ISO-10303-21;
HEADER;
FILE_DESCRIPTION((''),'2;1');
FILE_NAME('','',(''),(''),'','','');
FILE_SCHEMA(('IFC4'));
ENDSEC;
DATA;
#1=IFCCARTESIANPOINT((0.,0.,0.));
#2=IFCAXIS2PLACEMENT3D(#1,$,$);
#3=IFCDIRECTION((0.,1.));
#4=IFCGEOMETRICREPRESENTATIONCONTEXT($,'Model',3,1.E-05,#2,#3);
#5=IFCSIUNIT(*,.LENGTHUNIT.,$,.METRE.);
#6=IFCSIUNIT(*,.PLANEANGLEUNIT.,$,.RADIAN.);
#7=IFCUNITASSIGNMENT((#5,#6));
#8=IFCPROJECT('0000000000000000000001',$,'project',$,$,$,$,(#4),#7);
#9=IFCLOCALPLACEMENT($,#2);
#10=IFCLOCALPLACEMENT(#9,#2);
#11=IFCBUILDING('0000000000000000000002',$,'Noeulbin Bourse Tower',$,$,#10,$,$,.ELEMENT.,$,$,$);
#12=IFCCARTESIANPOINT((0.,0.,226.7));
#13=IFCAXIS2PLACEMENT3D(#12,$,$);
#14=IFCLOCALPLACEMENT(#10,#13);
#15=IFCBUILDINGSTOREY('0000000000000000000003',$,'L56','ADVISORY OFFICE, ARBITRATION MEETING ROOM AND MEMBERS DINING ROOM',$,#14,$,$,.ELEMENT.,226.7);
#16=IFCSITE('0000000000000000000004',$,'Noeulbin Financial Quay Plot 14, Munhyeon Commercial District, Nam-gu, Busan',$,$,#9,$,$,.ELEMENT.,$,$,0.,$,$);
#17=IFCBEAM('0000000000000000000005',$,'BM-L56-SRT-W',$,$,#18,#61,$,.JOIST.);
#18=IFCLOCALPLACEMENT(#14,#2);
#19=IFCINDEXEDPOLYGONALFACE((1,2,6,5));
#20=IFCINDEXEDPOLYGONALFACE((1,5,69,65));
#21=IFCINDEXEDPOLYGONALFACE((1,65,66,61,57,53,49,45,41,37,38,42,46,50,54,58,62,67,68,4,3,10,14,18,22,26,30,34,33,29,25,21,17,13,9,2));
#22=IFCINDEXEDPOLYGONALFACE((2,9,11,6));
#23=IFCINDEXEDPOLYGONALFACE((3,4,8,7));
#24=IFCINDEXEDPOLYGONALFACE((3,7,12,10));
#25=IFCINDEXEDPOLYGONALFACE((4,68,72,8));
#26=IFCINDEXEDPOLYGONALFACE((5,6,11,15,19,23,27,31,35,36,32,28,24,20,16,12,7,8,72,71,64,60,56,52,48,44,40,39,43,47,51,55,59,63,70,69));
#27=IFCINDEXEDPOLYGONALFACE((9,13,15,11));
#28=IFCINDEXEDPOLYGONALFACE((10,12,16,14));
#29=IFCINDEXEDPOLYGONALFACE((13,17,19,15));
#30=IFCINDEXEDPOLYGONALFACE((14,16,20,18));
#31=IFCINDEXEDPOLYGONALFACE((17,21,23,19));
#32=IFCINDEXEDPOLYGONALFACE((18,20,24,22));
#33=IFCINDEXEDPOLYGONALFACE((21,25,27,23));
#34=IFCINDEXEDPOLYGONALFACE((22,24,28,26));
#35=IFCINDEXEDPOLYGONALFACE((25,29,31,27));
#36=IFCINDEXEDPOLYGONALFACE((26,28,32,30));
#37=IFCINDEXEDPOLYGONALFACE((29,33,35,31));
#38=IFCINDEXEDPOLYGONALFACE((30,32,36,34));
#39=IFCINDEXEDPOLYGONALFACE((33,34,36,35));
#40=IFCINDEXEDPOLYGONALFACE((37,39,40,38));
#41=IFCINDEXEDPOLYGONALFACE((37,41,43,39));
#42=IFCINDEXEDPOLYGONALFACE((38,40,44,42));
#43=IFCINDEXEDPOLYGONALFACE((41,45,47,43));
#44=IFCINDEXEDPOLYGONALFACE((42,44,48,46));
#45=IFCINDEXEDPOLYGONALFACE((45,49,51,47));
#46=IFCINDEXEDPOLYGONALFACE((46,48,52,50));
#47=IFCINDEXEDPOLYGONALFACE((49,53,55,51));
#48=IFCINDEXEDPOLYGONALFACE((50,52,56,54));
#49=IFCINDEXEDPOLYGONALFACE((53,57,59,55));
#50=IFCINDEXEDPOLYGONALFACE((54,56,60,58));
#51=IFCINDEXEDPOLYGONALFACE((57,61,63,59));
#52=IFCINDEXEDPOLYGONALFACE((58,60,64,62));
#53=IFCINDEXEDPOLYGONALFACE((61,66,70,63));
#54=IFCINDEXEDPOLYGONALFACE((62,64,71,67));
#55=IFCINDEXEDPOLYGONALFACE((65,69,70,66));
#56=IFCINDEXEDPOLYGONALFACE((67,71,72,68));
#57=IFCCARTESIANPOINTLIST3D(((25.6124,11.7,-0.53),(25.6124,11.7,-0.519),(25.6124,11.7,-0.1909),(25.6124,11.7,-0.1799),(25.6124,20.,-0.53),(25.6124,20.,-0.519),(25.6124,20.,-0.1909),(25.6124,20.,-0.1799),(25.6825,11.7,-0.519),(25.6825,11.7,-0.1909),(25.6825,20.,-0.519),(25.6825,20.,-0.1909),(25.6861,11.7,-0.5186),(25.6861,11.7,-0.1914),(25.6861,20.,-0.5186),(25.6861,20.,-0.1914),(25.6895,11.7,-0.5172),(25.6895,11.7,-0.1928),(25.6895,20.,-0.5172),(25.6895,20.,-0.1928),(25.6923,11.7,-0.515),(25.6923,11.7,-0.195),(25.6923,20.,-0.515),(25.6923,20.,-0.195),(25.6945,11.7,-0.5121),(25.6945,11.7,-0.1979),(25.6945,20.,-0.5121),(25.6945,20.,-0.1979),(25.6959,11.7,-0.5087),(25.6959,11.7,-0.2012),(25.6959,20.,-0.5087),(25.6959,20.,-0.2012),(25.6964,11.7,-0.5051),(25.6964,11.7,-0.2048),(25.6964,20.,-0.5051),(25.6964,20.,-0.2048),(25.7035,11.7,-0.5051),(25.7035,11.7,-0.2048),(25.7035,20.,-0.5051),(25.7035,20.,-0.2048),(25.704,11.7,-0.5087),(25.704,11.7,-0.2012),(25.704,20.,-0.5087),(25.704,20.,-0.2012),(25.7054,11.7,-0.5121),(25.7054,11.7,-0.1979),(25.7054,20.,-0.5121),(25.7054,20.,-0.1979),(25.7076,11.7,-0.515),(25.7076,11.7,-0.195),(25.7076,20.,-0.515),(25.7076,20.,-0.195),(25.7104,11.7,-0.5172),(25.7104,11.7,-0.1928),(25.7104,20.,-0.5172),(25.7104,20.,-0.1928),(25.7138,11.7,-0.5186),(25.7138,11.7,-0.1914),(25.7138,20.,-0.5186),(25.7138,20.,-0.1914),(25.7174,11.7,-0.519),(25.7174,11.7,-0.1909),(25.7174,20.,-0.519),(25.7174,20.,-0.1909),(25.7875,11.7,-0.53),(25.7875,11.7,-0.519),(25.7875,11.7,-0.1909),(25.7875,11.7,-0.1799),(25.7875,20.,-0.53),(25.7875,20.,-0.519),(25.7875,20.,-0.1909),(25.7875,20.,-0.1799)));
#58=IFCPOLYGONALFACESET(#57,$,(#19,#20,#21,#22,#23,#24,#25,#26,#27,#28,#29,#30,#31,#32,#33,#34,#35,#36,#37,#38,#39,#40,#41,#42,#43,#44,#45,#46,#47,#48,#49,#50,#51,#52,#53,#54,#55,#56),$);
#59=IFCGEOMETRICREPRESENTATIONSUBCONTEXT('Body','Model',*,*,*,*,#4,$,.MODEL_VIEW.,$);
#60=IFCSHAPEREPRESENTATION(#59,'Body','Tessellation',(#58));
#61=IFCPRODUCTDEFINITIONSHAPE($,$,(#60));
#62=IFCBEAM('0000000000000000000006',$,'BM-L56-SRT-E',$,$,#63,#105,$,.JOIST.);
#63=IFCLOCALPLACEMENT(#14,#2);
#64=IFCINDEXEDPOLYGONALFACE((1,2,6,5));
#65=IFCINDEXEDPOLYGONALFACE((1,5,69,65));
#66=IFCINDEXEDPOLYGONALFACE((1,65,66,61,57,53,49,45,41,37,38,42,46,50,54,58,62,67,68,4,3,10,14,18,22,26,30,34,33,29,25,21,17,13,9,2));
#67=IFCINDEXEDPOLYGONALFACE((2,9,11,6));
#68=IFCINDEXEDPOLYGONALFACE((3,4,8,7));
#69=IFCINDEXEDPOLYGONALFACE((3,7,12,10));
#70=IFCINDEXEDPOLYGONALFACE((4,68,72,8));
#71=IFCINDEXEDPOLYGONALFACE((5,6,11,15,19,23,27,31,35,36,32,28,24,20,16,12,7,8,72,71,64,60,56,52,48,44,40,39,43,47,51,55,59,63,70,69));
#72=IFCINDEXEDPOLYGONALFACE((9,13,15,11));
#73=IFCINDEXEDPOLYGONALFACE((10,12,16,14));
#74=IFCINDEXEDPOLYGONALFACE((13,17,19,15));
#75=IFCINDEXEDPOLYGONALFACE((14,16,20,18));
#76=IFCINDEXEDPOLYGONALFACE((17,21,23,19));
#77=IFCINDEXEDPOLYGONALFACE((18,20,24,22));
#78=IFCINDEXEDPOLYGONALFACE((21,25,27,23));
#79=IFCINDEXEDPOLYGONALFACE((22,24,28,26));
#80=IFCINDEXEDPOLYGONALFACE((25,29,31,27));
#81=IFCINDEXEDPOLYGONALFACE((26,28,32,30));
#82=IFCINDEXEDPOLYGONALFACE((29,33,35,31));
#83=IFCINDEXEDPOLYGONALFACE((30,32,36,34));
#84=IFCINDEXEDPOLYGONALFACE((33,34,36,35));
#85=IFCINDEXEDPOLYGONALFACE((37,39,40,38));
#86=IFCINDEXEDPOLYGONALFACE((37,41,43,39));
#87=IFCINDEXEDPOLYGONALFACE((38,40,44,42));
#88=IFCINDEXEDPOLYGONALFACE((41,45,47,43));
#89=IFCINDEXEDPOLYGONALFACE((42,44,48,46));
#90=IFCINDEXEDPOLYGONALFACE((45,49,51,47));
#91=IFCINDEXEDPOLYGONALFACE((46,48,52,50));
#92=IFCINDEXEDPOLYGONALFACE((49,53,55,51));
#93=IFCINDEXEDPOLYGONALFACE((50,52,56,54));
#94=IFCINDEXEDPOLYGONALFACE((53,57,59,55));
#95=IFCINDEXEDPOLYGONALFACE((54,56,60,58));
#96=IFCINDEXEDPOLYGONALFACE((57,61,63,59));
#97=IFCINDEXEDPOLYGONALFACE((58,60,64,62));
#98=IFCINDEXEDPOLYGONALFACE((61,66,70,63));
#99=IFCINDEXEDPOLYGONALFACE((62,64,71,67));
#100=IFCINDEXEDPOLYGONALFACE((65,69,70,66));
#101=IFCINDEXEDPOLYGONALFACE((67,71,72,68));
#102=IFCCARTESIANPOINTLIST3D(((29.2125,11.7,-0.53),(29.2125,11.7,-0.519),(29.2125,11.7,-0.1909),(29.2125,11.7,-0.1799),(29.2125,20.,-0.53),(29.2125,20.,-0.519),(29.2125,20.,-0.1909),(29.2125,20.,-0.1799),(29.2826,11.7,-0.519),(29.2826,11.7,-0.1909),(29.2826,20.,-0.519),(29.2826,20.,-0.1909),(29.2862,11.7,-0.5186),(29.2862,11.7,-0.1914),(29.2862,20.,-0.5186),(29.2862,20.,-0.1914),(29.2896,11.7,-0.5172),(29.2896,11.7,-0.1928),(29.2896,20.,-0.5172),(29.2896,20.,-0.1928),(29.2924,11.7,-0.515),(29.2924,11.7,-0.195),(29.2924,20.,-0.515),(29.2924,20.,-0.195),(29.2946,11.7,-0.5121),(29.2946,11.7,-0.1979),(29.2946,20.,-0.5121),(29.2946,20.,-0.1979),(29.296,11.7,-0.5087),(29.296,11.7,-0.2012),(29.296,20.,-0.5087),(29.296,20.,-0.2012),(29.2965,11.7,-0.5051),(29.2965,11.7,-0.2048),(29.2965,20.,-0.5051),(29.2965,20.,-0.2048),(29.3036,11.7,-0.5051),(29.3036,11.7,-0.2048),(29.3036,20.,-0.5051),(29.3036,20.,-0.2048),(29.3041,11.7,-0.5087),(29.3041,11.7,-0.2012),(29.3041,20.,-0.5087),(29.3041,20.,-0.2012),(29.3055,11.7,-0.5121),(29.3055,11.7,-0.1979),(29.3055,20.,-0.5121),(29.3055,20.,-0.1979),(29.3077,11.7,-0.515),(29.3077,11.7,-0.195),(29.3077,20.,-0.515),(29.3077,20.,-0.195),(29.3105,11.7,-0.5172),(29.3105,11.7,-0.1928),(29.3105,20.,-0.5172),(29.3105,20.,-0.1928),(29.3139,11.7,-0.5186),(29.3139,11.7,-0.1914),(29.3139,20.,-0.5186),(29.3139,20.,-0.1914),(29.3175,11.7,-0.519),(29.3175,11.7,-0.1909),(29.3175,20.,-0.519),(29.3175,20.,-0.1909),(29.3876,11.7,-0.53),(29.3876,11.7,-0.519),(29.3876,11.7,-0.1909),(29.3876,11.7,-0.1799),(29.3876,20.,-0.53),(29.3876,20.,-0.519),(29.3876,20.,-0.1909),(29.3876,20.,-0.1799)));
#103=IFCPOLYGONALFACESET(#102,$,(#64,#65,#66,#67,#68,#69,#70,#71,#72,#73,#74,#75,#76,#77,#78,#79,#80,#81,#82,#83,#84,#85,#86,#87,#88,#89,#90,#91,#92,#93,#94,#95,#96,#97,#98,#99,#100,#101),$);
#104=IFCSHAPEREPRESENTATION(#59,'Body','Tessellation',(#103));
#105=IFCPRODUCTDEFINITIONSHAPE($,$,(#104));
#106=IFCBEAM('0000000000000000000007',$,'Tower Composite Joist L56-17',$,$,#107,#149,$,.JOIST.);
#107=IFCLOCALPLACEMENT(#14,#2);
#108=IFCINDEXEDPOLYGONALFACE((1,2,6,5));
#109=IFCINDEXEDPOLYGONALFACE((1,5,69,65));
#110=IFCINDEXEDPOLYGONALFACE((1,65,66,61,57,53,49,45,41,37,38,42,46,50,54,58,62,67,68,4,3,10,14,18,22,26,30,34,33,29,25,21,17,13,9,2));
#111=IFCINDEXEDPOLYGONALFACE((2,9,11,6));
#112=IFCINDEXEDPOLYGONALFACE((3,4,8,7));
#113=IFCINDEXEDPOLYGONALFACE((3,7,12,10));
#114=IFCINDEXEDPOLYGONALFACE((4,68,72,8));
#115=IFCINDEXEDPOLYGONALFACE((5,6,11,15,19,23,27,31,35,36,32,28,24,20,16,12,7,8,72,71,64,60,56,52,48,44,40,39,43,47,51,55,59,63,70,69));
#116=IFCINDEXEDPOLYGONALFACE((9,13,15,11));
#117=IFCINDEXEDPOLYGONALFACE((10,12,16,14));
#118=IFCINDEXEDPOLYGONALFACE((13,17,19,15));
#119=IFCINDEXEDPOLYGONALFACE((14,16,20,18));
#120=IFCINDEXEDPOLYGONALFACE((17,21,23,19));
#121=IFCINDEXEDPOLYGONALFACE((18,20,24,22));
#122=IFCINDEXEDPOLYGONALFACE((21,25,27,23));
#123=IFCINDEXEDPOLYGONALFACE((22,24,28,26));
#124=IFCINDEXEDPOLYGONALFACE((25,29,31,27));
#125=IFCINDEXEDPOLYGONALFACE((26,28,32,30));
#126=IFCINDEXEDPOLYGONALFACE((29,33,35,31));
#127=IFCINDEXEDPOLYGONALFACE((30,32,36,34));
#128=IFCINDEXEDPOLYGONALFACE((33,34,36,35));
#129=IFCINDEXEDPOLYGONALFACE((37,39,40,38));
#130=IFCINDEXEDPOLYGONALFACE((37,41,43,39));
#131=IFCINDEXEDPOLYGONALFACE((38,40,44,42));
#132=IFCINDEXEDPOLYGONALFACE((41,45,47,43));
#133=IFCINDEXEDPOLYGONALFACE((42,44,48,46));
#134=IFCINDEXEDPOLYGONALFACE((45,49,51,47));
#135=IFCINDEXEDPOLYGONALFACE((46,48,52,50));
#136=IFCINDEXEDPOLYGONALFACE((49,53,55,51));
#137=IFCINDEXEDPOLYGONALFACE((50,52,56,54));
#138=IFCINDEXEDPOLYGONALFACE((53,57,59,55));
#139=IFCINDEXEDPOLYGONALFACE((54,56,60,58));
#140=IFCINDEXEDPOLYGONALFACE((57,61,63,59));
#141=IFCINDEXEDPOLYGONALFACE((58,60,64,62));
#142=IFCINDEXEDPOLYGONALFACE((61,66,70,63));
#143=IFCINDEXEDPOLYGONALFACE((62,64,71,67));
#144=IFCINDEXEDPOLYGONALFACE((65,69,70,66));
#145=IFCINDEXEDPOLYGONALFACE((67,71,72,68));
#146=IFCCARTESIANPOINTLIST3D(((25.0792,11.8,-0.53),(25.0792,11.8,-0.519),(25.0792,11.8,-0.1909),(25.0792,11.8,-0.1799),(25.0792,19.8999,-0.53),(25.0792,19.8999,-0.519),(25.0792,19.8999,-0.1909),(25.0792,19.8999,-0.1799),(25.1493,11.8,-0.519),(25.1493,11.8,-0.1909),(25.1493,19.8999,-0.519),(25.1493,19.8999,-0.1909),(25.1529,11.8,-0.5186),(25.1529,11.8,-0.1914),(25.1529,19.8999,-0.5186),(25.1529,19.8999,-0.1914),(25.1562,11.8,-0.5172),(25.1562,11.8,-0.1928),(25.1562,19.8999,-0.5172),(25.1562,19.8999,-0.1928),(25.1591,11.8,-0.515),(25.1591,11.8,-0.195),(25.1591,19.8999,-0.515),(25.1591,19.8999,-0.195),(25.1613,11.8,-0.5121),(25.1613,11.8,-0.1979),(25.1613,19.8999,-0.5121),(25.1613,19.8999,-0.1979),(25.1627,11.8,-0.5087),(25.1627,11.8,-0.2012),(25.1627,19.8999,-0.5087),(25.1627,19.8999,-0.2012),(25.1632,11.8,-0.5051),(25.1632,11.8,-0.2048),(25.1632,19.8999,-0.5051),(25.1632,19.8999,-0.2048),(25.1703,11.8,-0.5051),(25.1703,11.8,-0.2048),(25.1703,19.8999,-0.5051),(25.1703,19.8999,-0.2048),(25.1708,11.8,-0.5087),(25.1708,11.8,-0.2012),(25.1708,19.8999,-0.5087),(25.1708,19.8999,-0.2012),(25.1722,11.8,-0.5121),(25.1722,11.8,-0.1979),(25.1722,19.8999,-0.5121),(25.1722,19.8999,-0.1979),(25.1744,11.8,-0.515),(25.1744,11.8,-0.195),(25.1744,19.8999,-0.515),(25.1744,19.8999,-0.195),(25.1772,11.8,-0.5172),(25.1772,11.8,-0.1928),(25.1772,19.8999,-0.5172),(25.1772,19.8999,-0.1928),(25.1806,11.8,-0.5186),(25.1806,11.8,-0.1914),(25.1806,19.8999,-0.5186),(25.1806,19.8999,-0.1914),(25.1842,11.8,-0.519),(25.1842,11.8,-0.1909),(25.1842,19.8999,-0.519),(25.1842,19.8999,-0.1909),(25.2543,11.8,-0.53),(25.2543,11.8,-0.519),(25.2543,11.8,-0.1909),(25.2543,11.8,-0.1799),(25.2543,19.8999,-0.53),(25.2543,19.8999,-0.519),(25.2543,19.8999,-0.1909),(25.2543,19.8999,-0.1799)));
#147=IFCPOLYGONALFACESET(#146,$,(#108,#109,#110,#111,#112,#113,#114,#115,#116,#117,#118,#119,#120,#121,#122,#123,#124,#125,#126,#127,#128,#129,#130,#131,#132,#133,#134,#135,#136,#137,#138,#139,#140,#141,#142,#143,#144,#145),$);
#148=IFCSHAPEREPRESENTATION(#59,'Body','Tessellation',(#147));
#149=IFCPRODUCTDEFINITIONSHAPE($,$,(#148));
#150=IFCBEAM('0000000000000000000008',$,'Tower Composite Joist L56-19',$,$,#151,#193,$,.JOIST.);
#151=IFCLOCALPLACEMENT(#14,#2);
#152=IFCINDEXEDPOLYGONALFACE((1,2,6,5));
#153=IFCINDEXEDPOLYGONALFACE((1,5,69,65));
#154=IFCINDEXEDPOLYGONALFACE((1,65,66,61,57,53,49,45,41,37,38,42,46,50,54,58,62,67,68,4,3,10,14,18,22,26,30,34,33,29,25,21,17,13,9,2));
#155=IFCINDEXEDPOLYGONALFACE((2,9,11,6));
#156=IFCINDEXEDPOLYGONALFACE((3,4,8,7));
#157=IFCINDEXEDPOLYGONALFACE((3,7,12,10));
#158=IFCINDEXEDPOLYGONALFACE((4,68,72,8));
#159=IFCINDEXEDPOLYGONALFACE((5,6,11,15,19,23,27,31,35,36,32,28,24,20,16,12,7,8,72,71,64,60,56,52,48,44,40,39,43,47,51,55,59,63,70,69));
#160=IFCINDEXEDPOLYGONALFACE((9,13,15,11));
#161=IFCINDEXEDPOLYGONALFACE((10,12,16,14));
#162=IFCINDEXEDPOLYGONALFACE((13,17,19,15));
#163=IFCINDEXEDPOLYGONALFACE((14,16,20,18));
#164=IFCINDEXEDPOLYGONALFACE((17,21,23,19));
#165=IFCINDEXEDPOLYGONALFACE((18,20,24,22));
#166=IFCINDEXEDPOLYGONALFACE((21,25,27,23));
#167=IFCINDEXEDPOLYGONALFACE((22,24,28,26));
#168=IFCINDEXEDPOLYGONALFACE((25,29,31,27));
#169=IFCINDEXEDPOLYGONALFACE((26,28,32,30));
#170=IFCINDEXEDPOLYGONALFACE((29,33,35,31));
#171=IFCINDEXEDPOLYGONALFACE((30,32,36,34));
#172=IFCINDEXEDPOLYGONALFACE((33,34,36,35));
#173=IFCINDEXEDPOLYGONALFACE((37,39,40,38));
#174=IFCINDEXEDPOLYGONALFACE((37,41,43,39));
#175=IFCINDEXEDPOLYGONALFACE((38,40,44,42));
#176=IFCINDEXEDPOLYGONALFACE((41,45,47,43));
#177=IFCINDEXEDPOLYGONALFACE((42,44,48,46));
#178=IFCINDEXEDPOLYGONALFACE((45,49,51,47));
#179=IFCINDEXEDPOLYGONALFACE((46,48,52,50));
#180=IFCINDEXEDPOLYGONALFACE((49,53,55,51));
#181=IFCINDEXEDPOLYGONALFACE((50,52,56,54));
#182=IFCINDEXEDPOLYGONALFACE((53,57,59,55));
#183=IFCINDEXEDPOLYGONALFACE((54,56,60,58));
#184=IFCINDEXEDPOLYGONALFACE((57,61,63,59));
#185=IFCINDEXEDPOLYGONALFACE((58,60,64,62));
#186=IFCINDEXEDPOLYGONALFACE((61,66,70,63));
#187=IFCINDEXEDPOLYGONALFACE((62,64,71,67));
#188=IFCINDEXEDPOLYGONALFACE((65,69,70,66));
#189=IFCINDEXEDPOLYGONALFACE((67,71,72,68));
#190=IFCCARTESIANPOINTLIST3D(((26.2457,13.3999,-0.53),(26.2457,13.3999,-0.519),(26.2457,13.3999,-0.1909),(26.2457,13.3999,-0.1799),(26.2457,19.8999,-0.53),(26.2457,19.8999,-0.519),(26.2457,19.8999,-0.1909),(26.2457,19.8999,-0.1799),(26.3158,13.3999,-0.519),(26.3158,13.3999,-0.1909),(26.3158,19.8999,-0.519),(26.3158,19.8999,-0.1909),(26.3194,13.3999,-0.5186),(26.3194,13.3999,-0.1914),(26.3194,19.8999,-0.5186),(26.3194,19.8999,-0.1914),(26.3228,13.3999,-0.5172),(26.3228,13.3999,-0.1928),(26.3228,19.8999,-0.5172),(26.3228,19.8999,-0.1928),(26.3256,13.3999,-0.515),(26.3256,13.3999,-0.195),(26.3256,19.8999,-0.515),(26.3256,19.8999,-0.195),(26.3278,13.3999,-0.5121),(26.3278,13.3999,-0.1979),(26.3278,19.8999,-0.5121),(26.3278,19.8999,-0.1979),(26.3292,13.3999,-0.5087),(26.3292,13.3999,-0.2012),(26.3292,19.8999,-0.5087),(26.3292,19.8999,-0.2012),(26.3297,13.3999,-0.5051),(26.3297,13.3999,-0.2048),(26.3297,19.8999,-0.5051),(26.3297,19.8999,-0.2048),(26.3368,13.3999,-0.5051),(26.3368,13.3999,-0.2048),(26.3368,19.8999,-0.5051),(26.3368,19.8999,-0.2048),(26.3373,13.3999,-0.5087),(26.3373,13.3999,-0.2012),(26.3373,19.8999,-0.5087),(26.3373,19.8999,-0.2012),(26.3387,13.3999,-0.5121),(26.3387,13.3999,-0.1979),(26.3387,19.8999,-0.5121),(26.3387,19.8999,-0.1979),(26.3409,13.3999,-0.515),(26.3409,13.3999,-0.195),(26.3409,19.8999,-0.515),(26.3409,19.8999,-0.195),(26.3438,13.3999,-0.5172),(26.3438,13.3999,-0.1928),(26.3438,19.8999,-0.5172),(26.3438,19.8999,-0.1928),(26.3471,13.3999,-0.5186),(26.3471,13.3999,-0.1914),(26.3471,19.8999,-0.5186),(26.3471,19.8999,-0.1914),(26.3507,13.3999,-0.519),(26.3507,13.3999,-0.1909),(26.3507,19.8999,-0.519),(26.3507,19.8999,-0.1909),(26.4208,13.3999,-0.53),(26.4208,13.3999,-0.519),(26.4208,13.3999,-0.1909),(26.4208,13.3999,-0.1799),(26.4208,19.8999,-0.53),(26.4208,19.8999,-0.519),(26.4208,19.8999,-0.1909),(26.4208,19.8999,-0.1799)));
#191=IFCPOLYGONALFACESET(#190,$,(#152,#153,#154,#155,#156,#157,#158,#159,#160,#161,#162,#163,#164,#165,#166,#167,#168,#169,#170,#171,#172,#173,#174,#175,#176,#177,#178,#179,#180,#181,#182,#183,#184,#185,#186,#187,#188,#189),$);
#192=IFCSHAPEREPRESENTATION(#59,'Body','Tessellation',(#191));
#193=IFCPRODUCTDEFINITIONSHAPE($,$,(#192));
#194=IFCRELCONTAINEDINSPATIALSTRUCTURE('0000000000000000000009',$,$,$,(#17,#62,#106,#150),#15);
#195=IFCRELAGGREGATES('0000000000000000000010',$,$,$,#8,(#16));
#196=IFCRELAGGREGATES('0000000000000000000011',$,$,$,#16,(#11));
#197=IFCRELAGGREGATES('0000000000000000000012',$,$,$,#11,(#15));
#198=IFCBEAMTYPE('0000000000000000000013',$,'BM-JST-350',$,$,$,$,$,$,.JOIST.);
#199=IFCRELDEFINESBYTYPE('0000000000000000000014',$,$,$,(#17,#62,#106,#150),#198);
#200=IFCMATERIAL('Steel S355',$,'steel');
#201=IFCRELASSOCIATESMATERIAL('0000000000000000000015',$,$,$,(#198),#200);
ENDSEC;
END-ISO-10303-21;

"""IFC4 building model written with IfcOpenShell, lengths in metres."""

from ifc_helpers import new_model, si_unit, direction, frame, origin, origin_2d, place, context, subcontext, project, spatial, i_section, extrude, material, material_profile, profile_set, type_object, element, save


model = new_model("IFC4")

# Units and contexts
model_context = context("Model", 3, precision=1e-05, world=origin(), true_north=direction((0.0, 1.0)))
body_context = subcontext(model_context, "Body", "Model", "MODEL_VIEW")
ifc_project = project(units=[si_unit("LENGTHUNIT", "METRE"), si_unit("PLANEANGLEUNIT", "RADIAN")], contexts=[model_context])

# Site, building, storey
site_placement = place(None, origin())
site = spatial("IfcSite", under=ifc_project, at=site_placement, Name="Noeulbin Financial Quay Plot 14, Munhyeon Commercial District, Nam-gu, Busan", CompositionType="ELEMENT", RefElevation=0.0)
building_placement = place(site_placement, origin())
building = spatial("IfcBuilding", under=site, at=building_placement, Name="Noeulbin Bourse Tower", CompositionType="ELEMENT")
storey_placement = place(building_placement, frame((0.0, 0.0, 226.7)))
storey = spatial("IfcBuildingStorey", under=building, at=storey_placement, Name="L56", Description="ADVISORY OFFICE, ARBITRATION MEETING ROOM AND MEMBERS DINING ROOM", CompositionType="ELEMENT", Elevation=226.7)

# Beams
ifc_material_1 = material(Name="Steel S355", Category="steel")
ifc_material_profile_1 = material_profile(ifc_material_1, i_section(OverallWidth=0.175, OverallDepth=0.3501, WebThickness=0.0071, FlangeThickness=0.011, FilletRadius=0.0139, at=origin_2d()), Name="H-350x175x7x11", Category="LoadBearing")
ifc_profile_set_1 = profile_set([ifc_material_profile_1], Name="Steel S355")
beam_type_1 = type_object("IfcBeamType", Name="BM-JST-350", PredefinedType="JOIST", material=ifc_profile_set_1)
for number, where, z_axis, x_axis, name in (
    (1, (25.7, 11.7, -0.355), (0.0, 1.0, 0.0), (-1.0, 0.0, 0.0), "BM-L56-SRT-W"),
    (2, (29.3, 11.7, -0.355), (0.0, 1.0, 0.0), (-1.0, 0.0, 0.0), "BM-L56-SRT-E"),
):
    element("IfcBeam", number, at=place(storey_placement, frame(where, z_axis=z_axis, x_axis=x_axis)), inside=storey, type_object=beam_type_1, Name=name, PredefinedType="JOIST", context=body_context, shape_type="SweptSolid", body=[
        extrude(i_section(OverallWidth=0.175, OverallDepth=0.3501, WebThickness=0.0071, FlangeThickness=0.011, FilletRadius=0.0139, at=origin_2d()), origin(), (0.0, 0.0, 1.0), 8.3),
    ])
beam_1_placement = place(storey_placement, frame((25.1667, 11.8, -0.355), z_axis=(0.0, 1.0, 0.0), x_axis=(-1.0, 0.0, 0.0)))
element("IfcBeam", 3, at=beam_1_placement, inside=storey, type_object=beam_type_1, Name="Tower Composite Joist L56-17", PredefinedType="JOIST", context=body_context, shape_type="SweptSolid", body=[
    extrude(i_section(OverallWidth=0.175, OverallDepth=0.3501, WebThickness=0.0071, FlangeThickness=0.011, FilletRadius=0.0139, at=origin_2d()), origin(), (0.0, 0.0, 1.0), 8.0999),
])
for number, where, z_axis, x_axis, name in (
    (4, (26.3333, 13.3999, -0.355), (0.0, 1.0, 0.0), (-1.0, 0.0, 0.0), "Tower Composite Joist L56-19"),
):
    element("IfcBeam", number, at=place(storey_placement, frame(where, z_axis=z_axis, x_axis=x_axis)), inside=storey, type_object=beam_type_1, Name=name, PredefinedType="JOIST", context=body_context, shape_type="SweptSolid", body=[
        extrude(i_section(OverallWidth=0.175, OverallDepth=0.3501, WebThickness=0.0071, FlangeThickness=0.011, FilletRadius=0.0139, at=origin_2d()), origin(), (0.0, 0.0, 1.0), 6.5),
    ])

save(model, "model.ifc")
